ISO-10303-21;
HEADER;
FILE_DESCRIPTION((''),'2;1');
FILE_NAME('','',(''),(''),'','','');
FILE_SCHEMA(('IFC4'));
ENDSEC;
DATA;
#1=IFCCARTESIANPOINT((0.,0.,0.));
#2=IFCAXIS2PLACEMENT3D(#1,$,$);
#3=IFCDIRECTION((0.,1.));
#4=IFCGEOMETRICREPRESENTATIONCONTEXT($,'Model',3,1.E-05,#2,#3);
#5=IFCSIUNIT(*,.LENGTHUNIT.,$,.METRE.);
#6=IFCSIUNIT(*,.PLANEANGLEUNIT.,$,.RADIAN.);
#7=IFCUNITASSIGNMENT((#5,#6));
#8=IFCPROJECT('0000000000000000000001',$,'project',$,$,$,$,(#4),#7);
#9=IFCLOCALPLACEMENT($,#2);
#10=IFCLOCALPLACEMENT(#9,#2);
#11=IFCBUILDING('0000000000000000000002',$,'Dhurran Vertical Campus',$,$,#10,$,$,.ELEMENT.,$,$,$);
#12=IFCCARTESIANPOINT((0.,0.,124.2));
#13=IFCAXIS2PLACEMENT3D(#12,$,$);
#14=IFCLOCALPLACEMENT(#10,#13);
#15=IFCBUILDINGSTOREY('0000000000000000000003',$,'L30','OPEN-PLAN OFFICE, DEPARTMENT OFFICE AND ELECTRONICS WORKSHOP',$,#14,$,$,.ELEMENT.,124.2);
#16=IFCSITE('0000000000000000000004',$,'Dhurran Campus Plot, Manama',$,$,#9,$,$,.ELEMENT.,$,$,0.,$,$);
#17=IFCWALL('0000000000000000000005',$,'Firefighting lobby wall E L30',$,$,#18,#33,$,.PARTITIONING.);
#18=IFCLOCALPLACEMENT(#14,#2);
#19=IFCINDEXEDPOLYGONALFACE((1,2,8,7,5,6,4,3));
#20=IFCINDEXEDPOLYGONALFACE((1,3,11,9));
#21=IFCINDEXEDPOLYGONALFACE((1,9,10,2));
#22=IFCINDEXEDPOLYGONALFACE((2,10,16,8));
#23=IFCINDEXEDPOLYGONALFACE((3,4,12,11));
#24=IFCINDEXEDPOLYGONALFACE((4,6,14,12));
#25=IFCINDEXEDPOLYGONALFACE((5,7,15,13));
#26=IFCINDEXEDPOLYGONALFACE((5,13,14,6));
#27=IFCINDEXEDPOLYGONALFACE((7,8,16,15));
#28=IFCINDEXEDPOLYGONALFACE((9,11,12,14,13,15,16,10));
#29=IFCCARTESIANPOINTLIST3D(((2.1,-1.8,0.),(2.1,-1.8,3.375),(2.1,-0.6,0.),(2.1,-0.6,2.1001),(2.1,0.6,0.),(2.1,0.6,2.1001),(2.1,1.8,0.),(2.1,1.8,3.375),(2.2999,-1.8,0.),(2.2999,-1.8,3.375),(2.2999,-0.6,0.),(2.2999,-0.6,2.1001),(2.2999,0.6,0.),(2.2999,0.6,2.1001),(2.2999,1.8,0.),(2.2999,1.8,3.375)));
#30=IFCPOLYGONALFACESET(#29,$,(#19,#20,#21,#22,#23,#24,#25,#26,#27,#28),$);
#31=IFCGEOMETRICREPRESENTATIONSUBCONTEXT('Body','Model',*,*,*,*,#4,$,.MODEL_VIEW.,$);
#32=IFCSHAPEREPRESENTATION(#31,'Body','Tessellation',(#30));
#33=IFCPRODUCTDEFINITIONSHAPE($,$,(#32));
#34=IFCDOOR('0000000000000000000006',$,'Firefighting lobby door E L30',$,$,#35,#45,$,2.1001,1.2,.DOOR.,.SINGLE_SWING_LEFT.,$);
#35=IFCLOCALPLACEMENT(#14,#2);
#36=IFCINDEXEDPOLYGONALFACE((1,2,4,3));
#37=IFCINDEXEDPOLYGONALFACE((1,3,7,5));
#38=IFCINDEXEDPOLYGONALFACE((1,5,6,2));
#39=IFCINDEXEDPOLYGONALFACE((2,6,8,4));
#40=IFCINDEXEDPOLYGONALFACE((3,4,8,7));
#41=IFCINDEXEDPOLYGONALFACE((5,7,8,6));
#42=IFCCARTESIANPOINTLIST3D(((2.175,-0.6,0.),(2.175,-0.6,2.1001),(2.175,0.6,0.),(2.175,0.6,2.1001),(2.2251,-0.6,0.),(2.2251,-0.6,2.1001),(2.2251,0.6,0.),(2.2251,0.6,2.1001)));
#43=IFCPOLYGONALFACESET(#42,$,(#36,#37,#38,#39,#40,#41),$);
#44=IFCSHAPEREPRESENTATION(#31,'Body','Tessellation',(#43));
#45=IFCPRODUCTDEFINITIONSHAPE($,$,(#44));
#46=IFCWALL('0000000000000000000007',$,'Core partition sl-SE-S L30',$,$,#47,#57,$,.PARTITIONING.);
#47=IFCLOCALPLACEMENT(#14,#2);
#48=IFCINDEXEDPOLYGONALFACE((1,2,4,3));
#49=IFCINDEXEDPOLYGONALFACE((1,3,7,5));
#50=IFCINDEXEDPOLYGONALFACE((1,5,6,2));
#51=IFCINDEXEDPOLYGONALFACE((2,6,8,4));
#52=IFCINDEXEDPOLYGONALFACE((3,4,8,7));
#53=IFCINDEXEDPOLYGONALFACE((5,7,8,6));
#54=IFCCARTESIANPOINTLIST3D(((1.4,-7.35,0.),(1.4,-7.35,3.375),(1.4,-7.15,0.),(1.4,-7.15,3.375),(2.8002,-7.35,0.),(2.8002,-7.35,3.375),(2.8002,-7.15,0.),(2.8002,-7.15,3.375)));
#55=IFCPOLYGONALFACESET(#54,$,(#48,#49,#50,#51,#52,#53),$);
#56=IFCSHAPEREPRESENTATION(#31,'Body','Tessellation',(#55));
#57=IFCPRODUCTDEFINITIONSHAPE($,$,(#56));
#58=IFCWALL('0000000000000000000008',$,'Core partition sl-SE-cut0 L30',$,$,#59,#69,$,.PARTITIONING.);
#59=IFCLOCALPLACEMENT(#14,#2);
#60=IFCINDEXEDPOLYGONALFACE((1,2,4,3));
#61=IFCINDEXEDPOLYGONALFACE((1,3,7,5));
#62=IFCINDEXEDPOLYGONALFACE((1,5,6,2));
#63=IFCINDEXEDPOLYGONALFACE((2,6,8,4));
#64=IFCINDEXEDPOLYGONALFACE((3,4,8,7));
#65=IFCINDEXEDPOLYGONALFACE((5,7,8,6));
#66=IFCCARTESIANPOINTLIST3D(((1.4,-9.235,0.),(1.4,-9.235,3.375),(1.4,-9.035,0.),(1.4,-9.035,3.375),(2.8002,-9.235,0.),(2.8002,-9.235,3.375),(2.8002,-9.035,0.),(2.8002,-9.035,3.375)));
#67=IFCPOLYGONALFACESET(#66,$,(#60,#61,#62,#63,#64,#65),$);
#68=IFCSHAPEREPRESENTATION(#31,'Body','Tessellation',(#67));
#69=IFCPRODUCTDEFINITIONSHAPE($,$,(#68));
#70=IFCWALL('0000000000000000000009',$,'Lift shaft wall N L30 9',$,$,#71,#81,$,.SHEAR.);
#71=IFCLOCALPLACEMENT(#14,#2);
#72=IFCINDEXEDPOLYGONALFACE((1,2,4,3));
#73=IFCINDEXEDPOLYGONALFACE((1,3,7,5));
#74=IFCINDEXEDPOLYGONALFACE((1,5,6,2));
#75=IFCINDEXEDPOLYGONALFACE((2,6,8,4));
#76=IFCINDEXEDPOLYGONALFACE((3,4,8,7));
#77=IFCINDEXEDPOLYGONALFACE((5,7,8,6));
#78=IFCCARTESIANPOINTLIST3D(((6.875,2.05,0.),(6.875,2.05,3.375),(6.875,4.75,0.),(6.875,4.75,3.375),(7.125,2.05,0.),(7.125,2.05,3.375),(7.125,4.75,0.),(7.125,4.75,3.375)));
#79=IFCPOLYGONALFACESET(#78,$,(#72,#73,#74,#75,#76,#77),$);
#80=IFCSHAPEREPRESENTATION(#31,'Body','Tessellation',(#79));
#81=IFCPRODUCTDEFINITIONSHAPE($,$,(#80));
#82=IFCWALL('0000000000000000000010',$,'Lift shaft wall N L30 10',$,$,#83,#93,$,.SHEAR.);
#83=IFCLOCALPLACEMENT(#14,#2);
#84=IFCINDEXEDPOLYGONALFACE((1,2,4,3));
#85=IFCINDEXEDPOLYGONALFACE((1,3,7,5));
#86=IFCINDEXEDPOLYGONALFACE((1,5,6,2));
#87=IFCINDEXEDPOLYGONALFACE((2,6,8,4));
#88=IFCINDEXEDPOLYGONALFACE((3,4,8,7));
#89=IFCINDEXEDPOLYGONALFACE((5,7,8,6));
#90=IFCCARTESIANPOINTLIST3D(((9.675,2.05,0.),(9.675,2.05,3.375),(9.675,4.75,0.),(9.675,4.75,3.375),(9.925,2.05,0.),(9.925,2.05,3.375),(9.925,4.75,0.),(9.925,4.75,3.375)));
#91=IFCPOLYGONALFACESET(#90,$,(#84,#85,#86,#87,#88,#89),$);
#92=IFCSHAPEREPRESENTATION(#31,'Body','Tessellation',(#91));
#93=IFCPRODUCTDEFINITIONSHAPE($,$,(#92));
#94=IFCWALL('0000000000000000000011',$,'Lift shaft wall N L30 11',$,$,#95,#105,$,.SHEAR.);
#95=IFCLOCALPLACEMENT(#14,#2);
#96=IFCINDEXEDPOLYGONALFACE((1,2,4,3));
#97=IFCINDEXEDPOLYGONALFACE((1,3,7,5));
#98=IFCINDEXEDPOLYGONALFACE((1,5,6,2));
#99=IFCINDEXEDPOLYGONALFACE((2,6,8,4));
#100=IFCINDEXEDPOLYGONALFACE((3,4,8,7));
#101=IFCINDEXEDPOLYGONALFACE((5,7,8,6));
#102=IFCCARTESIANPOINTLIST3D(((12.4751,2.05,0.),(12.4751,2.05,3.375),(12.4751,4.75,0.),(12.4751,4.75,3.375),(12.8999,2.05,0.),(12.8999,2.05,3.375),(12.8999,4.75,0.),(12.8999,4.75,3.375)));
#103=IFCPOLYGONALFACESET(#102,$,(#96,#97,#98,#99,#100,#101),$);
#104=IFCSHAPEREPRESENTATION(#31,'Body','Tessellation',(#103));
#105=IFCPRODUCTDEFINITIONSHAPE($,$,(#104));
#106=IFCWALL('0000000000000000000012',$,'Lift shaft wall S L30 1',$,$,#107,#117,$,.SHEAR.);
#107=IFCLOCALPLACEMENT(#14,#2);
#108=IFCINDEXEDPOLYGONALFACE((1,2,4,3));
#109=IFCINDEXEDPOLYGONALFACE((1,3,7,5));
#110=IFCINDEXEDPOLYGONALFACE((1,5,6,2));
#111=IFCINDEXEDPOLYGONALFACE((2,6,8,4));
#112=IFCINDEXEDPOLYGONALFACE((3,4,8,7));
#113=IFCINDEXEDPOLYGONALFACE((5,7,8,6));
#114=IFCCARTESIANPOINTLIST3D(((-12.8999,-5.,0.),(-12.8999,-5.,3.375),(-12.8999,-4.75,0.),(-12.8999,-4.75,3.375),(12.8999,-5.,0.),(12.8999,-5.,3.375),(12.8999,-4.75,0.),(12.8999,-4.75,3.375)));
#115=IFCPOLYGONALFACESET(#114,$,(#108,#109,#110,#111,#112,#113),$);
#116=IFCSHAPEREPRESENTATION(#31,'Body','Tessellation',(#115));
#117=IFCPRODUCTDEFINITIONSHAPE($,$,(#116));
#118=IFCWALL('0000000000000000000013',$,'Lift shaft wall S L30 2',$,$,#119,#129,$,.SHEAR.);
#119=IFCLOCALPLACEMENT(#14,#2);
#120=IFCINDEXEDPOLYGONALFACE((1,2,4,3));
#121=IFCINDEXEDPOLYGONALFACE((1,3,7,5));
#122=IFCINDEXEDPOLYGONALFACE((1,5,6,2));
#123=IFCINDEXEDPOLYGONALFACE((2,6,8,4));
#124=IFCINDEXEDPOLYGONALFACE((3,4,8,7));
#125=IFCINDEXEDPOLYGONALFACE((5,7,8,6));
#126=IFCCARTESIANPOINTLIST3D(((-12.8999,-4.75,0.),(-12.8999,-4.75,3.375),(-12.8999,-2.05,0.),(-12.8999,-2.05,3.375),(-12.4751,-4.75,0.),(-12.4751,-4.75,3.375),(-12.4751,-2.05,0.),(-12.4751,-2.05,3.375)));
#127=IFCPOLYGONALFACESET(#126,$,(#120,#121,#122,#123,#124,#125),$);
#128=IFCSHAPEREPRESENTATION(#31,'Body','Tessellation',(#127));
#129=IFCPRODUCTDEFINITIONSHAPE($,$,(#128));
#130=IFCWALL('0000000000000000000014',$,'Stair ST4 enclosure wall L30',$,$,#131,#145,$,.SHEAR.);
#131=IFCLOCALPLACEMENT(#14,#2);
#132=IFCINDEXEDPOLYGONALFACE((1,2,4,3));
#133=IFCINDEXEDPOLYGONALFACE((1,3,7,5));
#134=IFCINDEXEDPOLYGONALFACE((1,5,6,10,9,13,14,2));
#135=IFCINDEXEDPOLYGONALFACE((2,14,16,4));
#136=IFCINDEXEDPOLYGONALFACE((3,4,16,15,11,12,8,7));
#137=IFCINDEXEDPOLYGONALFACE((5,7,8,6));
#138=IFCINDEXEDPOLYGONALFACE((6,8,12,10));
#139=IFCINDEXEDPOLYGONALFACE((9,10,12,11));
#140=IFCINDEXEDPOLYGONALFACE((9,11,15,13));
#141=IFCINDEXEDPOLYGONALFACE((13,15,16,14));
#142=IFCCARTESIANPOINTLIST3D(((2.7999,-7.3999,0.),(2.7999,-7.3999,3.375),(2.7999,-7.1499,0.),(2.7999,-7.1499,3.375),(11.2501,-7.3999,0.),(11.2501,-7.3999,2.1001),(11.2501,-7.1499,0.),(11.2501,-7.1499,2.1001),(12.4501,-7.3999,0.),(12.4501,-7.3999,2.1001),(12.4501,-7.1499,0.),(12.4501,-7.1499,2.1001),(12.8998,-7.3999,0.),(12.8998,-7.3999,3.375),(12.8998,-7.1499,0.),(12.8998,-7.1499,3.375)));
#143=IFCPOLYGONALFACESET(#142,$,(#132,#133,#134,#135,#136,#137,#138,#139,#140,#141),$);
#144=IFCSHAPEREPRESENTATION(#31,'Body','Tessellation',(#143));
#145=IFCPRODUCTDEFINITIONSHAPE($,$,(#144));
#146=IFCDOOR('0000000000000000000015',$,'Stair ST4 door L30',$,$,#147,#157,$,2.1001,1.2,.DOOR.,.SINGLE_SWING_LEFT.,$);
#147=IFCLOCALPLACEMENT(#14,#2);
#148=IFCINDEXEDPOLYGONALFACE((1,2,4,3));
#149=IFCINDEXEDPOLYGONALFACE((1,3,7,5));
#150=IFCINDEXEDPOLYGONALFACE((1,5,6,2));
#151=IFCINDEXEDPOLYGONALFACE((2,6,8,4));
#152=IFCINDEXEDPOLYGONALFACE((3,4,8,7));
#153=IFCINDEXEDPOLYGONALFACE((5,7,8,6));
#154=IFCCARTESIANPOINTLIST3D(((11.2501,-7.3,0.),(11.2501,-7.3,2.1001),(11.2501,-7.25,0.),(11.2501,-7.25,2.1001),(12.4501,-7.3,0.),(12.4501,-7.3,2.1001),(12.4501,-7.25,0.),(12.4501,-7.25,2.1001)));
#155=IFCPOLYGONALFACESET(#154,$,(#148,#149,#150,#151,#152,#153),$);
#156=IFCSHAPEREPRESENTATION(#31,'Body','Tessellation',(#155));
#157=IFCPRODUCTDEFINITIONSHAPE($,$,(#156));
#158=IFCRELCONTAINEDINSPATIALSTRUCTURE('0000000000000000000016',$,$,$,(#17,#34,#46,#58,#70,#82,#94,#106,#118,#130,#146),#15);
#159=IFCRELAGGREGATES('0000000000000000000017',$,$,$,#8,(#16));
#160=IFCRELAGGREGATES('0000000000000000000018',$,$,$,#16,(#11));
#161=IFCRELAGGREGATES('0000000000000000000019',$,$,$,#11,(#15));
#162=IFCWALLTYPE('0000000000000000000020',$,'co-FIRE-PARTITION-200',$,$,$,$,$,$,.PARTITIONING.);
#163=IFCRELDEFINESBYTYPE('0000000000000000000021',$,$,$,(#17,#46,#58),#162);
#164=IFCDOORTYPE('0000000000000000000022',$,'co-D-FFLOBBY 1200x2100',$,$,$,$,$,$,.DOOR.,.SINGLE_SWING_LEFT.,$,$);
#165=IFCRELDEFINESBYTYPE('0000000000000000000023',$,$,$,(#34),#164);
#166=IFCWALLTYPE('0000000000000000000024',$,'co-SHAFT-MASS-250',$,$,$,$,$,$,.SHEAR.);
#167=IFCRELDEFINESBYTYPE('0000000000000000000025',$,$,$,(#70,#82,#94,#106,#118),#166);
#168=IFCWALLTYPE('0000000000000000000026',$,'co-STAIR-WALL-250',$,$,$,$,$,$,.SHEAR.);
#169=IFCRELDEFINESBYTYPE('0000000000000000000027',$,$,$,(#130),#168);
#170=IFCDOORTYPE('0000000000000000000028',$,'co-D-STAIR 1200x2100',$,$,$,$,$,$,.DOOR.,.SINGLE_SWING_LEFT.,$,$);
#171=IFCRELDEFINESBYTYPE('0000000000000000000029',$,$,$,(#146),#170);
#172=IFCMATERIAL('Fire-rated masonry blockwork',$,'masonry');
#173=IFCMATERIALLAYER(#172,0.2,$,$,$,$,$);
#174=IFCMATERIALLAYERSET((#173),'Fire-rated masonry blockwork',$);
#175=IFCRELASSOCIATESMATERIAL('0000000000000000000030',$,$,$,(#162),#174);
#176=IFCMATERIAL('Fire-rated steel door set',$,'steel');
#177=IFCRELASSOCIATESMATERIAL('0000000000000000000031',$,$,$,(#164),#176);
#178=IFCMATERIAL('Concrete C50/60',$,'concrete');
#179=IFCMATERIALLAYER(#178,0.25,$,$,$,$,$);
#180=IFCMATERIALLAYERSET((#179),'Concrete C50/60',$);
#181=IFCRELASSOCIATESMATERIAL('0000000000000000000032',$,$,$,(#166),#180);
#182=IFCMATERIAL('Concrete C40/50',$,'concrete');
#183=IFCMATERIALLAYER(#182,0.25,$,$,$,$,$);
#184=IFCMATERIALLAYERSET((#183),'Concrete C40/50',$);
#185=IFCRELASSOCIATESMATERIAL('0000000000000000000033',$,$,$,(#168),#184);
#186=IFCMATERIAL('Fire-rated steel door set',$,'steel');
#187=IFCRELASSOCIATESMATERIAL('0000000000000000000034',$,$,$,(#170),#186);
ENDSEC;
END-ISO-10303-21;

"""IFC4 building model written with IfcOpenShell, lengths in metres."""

from ifc_helpers import new_model, si_unit, direction, frame, frame_2d, origin, place, context, subcontext, project, spatial, polyline, rectangle, outline, extrude, material, layer, layer_set, type_object, element, fill, save


model = new_model("IFC4")

# Units and contexts
model_context = context("Model", 3, precision=1e-05, world=origin(), true_north=direction((0.0, 1.0)))
body_context = subcontext(model_context, "Body", "Model", "MODEL_VIEW")
ifc_project = project(units=[si_unit("LENGTHUNIT", "METRE"), si_unit("PLANEANGLEUNIT", "RADIAN")], contexts=[model_context])

# Site, building, storey
site_placement = place(None, origin())
site = spatial("IfcSite", under=ifc_project, at=site_placement, Name="Dhurran Campus Plot, Manama", CompositionType="ELEMENT", RefElevation=0.0)
building_placement = place(site_placement, origin())
building = spatial("IfcBuilding", under=site, at=building_placement, Name="Dhurran Vertical Campus", CompositionType="ELEMENT")
storey_placement = place(building_placement, frame((0.0, 0.0, 124.2)))
storey = spatial("IfcBuildingStorey", under=building, at=storey_placement, Name="L30", Description="OPEN-PLAN OFFICE, DEPARTMENT OFFICE AND ELECTRONICS WORKSHOP", CompositionType="ELEMENT", Elevation=124.2)

# Wall, opening, door
ifc_material_1 = material(Name="Fire-rated masonry blockwork", Category="masonry")
ifc_layer_1 = layer(ifc_material_1, 0.2)
ifc_layer_set_1 = layer_set([ifc_layer_1], Name="Fire-rated masonry blockwork")
wall_type_1 = type_object("IfcWallType", Name="co-FIRE-PARTITION-200", PredefinedType="PARTITIONING", material=ifc_layer_set_1)
wall_1_placement = place(storey_placement, frame((2.2, -1.8, 0.0), z_axis=(0.0, 0.0, 1.0), x_axis=(0.0, 1.0, 0.0)))
wall_1 = element("IfcWall", 1, at=wall_1_placement, inside=storey, type_object=wall_type_1, Name="Firefighting lobby wall E L30", PredefinedType="PARTITIONING", context=body_context, shape_type="SweptSolid", body=[
    extrude(rectangle(XDim=3.6001, YDim=0.2, at=frame_2d((1.8, 0.0))), origin(), (0.0, 0.0, 1.0), 3.375),
])
opening_1_placement = place(wall_1_placement, frame((1.2, 0.0, 0.0)))
opening_1 = element("IfcOpeningElement", 2, at=opening_1_placement, cuts=wall_1, PredefinedType="OPENING", context=body_context, shape_type="SweptSolid", body=[
    extrude(rectangle(XDim=1.2, YDim=2.1001, at=frame_2d((0.6001, 1.05))), frame((0.0, 0.1099, 0.0), z_axis=(0.0, -1.0, 0.0), x_axis=(1.0, 0.0, 0.0)), (0.0, 0.0, 1.0), 0.22),
])
ifc_material_2 = material(Name="Fire-rated steel door set", Category="steel")
door_type_1 = type_object("IfcDoorType", Name="co-D-FFLOBBY 1200x2100", OperationType="SINGLE_SWING_LEFT", PredefinedType="DOOR", material=ifc_material_2)
door_1_placement = place(opening_1_placement, origin())
door_1 = element("IfcDoor", 3, at=door_1_placement, inside=storey, type_object=door_type_1, Name="Firefighting lobby door E L30", OperationType="SINGLE_SWING_LEFT", OverallHeight=2.1001, OverallWidth=1.2, PredefinedType="DOOR", context=body_context, shape_type="SweptSolid", body=[
    extrude(rectangle(XDim=1.2, YDim=2.1001, at=frame_2d((0.6001, 1.05))), frame((0.0, 0.0249, 0.0), z_axis=(0.0, -1.0, 0.0), x_axis=(1.0, 0.0, 0.0)), (0.0, 0.0, 1.0), 0.05),
])
fill(opening_1, door_1)

# Walls
for number, where, z_axis, x_axis, name in (
    (4, (1.3999, -7.25, 0.0), (0.0, 0.0, 1.0), (1.0, 0.0, 0.0), "Core partition sl-SE-S L30"),
    (5, (1.3999, -9.135, 0.0), (0.0, 0.0, 1.0), (1.0, 0.0, 0.0), "Core partition sl-SE-cut0 L30"),
):
    element("IfcWall", number, at=place(storey_placement, frame(where, z_axis=z_axis, x_axis=x_axis)), inside=storey, type_object=wall_type_1, Name=name, PredefinedType="PARTITIONING", context=body_context, shape_type="SweptSolid", body=[
        extrude(rectangle(XDim=1.4001, YDim=0.2, at=frame_2d((0.7002, 0.0))), origin(), (0.0, 0.0, 1.0), 3.375),
    ])
ifc_material_3 = material(Name="Concrete C50/60", Category="concrete")
ifc_layer_2 = layer(ifc_material_3, 0.25)
ifc_layer_set_2 = layer_set([ifc_layer_2], Name="Concrete C50/60")
wall_type_2 = type_object("IfcWallType", Name="co-SHAFT-MASS-250", PredefinedType="SHEAR", material=ifc_layer_set_2)
wall_2_placement = place(storey_placement, origin())
element("IfcWall", 6, at=wall_2_placement, inside=storey, type_object=wall_type_2, Name="Lift shaft wall N L30 9", PredefinedType="SHEAR", context=body_context, shape_type="SweptSolid", body=[
    extrude(outline(polyline([(6.875, 2.05), (7.125, 2.05), (7.125, 4.75), (6.875, 4.75), (6.875, 2.05)])), origin(), (0.0, 0.0, 1.0), 3.375),
])
wall_3_placement = place(storey_placement, origin())
element("IfcWall", 7, at=wall_3_placement, inside=storey, type_object=wall_type_2, Name="Lift shaft wall N L30 10", PredefinedType="SHEAR", context=body_context, shape_type="SweptSolid", body=[
    extrude(outline(polyline([(9.675, 2.05), (9.925, 2.05), (9.925, 4.75), (9.675, 4.75), (9.675, 2.05)])), origin(), (0.0, 0.0, 1.0), 3.375),
])
wall_4_placement = place(storey_placement, origin())
element("IfcWall", 8, at=wall_4_placement, inside=storey, type_object=wall_type_2, Name="Lift shaft wall N L30 11", PredefinedType="SHEAR", context=body_context, shape_type="SweptSolid", body=[
    extrude(outline(polyline([(12.4751, 2.05), (12.8999, 2.05), (12.8999, 4.75), (12.4751, 4.75), (12.4751, 2.05)])), origin(), (0.0, 0.0, 1.0), 3.375),
])
wall_5_placement = place(storey_placement, origin())
element("IfcWall", 9, at=wall_5_placement, inside=storey, type_object=wall_type_2, Name="Lift shaft wall S L30 1", PredefinedType="SHEAR", context=body_context, shape_type="SweptSolid", body=[
    extrude(outline(polyline([(-12.8999, -5.0), (12.8999, -5.0), (12.8999, -4.75), (-12.8999, -4.75), (-12.8999, -5.0)])), origin(), (0.0, 0.0, 1.0), 3.375),
])
wall_6_placement = place(storey_placement, origin())
element("IfcWall", 10, at=wall_6_placement, inside=storey, type_object=wall_type_2, Name="Lift shaft wall S L30 2", PredefinedType="SHEAR", context=body_context, shape_type="SweptSolid", body=[
    extrude(outline(polyline([(-12.8999, -4.75), (-12.4751, -4.75), (-12.4751, -2.05), (-12.8999, -2.05), (-12.8999, -4.75)])), origin(), (0.0, 0.0, 1.0), 3.375),
])

# Wall, opening, door
ifc_material_4 = material(Name="Concrete C40/50", Category="concrete")
ifc_layer_3 = layer(ifc_material_4, 0.25)
ifc_layer_set_3 = layer_set([ifc_layer_3], Name="Concrete C40/50")
wall_type_3 = type_object("IfcWallType", Name="co-STAIR-WALL-250", PredefinedType="SHEAR", material=ifc_layer_set_3)
wall_7_placement = place(storey_placement, frame((2.8, -7.2749, 0.0), z_axis=(0.0, 0.0, 1.0), x_axis=(1.0, 0.0, 0.0)))
wall_7 = element("IfcWall", 11, at=wall_7_placement, inside=storey, type_object=wall_type_3, Name="Stair ST4 enclosure wall L30", PredefinedType="SHEAR", context=body_context, shape_type="SweptSolid", body=[
    extrude(rectangle(XDim=10.0999, YDim=0.25, at=frame_2d((5.0498, 0.0))), origin(), (0.0, 0.0, 1.0), 3.375),
])
opening_2_placement = place(wall_7_placement, frame((8.45, 0.0, 0.0)))
opening_2 = element("IfcOpeningElement", 12, at=opening_2_placement, cuts=wall_7, PredefinedType="OPENING", context=body_context, shape_type="SweptSolid", body=[
    extrude(rectangle(XDim=1.2, YDim=2.1001, at=frame_2d((0.6001, 1.05))), frame((0.0, 0.135, 0.0), z_axis=(0.0, -1.0, 0.0), x_axis=(1.0, 0.0, 0.0)), (0.0, 0.0, 1.0), 0.27),
])
ifc_material_5 = material(Name="Fire-rated steel door set", Category="steel")
door_type_2 = type_object("IfcDoorType", Name="co-D-STAIR 1200x2100", OperationType="SINGLE_SWING_LEFT", PredefinedType="DOOR", material=ifc_material_5)
door_2_placement = place(opening_2_placement, origin())
door_2 = element("IfcDoor", 13, at=door_2_placement, inside=storey, type_object=door_type_2, Name="Stair ST4 door L30", OperationType="SINGLE_SWING_LEFT", OverallHeight=2.1001, OverallWidth=1.2, PredefinedType="DOOR", context=body_context, shape_type="SweptSolid", body=[
    extrude(rectangle(XDim=1.2, YDim=2.1001, at=frame_2d((0.6001, 1.05))), frame((0.0, 0.0249, 0.0), z_axis=(0.0, -1.0, 0.0), x_axis=(1.0, 0.0, 0.0)), (0.0, 0.0, 1.0), 0.05),
])
fill(opening_2, door_2)

save(model, "model.ifc")
